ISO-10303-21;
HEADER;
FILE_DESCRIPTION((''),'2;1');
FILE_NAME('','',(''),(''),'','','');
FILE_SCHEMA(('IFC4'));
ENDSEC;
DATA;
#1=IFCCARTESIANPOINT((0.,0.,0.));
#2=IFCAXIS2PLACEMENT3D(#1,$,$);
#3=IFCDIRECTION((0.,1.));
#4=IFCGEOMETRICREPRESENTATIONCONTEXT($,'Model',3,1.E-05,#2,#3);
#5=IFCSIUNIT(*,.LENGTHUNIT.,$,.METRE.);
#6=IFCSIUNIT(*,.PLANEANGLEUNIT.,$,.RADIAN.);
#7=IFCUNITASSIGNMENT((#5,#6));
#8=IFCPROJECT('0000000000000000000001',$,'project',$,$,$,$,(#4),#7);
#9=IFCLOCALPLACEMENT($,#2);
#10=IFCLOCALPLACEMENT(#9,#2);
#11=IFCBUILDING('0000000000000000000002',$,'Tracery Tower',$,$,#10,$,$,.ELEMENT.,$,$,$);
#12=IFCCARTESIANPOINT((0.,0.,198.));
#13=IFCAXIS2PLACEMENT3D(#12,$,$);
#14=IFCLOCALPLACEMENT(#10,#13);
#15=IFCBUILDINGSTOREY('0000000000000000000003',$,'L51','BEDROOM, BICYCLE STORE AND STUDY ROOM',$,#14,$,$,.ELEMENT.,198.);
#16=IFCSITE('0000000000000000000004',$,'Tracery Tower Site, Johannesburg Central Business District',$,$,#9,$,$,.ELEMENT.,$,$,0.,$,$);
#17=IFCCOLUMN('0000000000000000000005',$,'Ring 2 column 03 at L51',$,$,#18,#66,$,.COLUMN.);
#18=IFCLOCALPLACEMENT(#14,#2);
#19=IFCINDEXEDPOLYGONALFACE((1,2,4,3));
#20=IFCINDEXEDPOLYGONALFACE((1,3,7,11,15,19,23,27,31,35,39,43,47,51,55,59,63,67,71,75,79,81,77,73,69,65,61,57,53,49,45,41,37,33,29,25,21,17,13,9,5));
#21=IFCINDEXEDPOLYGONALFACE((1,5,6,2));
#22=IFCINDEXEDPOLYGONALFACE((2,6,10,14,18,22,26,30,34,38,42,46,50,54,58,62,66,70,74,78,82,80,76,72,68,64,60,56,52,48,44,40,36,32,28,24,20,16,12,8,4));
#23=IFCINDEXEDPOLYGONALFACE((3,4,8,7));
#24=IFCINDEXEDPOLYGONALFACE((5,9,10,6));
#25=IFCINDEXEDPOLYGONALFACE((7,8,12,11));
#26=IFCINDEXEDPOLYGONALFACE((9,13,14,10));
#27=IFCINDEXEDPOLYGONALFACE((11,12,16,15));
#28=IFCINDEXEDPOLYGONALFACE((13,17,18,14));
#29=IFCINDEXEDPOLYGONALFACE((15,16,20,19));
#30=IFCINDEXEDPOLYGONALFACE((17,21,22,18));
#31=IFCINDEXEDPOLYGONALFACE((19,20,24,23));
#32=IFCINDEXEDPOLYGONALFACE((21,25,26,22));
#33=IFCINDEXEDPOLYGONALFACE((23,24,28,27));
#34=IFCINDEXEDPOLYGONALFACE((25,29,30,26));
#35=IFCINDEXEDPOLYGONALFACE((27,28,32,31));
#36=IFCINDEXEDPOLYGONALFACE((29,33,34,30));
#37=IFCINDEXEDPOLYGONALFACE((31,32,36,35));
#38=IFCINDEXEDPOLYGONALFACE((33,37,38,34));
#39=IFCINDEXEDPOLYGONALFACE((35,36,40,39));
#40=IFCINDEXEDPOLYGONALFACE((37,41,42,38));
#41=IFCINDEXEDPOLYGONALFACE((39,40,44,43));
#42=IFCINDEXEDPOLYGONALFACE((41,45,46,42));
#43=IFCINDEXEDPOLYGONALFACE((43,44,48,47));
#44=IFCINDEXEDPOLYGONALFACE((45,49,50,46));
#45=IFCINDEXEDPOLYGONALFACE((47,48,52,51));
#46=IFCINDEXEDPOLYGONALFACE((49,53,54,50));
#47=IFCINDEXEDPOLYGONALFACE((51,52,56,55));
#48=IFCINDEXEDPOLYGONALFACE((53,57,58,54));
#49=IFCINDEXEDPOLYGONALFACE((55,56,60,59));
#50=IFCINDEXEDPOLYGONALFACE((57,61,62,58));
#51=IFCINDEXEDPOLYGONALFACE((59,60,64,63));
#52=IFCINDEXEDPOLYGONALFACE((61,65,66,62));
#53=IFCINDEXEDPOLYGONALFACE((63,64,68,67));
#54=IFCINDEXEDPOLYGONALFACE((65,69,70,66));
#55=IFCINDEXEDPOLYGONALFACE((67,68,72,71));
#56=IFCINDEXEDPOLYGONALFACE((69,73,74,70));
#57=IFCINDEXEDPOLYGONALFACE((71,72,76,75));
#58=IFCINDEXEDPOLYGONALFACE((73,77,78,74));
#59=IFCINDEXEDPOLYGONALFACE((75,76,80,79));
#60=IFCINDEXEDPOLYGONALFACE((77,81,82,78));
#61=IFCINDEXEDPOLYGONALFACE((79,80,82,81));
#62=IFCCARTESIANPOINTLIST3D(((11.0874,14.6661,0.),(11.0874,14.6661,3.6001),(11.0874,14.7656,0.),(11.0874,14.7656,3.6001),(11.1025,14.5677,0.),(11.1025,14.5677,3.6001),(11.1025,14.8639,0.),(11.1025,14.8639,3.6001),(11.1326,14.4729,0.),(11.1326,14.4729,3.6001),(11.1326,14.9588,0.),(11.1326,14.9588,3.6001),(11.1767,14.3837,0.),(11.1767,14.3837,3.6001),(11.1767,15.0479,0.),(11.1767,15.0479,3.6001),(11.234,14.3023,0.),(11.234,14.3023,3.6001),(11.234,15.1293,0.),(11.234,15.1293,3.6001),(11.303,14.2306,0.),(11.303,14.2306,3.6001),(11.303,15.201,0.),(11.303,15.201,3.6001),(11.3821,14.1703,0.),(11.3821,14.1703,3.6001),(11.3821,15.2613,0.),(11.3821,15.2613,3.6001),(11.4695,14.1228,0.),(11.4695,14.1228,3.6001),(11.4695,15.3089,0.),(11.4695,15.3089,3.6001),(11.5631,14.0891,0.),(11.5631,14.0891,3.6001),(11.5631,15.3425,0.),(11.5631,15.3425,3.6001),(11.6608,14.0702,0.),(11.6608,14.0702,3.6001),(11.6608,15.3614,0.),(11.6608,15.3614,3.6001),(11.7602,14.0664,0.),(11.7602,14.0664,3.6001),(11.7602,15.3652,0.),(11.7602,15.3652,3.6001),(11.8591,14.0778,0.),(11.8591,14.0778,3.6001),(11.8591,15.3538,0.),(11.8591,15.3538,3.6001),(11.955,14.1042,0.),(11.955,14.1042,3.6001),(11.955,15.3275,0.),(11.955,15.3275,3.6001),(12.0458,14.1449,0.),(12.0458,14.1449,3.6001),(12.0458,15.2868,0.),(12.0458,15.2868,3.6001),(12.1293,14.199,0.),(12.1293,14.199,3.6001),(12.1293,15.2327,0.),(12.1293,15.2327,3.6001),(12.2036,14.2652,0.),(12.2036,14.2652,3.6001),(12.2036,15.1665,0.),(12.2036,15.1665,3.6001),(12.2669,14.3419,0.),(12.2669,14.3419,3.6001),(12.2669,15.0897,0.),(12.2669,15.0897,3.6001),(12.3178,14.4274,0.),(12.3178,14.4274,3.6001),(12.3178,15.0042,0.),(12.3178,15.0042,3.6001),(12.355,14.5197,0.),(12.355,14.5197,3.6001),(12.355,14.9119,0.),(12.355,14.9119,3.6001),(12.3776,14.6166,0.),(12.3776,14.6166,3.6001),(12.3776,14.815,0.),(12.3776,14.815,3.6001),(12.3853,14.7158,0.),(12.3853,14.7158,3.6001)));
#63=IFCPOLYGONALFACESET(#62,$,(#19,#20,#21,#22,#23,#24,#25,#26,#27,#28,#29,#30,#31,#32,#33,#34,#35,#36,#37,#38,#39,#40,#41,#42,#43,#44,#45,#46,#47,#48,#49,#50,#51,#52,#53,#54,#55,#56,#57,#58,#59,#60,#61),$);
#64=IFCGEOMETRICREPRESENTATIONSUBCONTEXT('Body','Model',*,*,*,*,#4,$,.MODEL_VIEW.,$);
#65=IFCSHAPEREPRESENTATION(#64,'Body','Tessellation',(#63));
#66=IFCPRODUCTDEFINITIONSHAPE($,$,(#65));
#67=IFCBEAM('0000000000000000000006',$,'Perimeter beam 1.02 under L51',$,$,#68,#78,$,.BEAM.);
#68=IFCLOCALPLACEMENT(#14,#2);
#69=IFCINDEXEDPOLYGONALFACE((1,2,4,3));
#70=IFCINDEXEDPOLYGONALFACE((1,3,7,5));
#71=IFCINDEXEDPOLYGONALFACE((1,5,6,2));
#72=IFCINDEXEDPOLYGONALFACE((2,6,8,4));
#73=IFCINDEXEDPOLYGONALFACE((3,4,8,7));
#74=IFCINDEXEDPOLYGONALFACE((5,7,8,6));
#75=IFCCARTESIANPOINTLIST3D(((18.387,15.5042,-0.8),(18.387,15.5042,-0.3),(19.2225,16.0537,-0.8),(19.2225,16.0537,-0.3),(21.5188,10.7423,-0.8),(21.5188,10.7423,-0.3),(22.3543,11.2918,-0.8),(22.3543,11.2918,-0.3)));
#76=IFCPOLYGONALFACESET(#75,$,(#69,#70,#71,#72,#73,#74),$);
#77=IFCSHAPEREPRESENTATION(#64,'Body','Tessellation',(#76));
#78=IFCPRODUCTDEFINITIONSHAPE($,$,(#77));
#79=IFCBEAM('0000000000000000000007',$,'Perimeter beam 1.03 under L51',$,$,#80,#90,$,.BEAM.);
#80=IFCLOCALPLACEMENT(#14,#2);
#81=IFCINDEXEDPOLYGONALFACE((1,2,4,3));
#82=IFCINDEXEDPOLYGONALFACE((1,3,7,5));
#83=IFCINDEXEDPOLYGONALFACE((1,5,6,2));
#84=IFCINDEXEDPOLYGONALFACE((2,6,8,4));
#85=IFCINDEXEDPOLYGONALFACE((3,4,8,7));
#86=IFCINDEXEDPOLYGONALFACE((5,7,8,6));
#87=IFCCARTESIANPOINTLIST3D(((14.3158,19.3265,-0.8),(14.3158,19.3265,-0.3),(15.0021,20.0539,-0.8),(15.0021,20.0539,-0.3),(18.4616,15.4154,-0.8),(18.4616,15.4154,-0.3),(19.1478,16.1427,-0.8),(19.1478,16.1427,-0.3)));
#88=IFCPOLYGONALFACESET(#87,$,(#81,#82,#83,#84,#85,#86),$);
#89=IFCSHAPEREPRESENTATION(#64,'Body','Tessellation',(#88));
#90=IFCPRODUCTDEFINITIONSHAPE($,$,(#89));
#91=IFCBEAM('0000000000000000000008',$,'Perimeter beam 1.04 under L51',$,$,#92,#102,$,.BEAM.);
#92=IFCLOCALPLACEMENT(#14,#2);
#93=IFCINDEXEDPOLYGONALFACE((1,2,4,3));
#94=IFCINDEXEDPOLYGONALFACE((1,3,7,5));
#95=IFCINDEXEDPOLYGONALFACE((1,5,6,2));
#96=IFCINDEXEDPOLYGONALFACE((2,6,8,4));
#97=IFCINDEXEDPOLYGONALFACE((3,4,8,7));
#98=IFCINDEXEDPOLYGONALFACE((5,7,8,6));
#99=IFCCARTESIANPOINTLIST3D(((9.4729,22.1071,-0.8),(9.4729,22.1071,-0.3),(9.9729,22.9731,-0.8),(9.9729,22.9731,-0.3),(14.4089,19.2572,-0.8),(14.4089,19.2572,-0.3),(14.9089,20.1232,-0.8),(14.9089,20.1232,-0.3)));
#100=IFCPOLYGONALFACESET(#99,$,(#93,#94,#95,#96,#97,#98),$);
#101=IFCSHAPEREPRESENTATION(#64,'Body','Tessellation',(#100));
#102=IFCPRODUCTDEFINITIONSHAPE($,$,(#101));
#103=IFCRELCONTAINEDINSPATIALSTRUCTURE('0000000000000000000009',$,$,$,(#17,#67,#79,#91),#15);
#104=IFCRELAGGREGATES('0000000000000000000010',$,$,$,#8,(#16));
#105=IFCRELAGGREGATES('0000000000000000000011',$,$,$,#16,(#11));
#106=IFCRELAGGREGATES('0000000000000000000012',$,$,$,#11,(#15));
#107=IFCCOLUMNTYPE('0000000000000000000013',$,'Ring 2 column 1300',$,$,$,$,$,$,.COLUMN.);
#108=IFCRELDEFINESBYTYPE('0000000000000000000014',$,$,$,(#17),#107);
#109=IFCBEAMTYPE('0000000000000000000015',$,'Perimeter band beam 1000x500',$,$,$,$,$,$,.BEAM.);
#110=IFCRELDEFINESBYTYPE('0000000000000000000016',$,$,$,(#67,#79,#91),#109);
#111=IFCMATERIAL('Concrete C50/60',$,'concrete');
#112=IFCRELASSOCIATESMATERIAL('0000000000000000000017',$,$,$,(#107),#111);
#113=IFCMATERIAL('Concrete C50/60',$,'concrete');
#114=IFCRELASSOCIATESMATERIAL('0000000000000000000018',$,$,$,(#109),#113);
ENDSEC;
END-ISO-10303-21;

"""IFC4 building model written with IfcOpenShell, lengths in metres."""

from ifc_helpers import new_model, si_unit, direction, frame, origin, origin_2d, place, context, subcontext, project, spatial, rectangle, circle, extrude, material, material_profile, profile_set, type_object, element, save


model = new_model("IFC4")

# Units and contexts
model_context = context("Model", 3, precision=1e-05, world=origin(), true_north=direction((0.0, 1.0)))
body_context = subcontext(model_context, "Body", "Model", "MODEL_VIEW")
ifc_project = project(units=[si_unit("LENGTHUNIT", "METRE"), si_unit("PLANEANGLEUNIT", "RADIAN")], contexts=[model_context])

# Site, building, storey
site_placement = place(None, origin())
site = spatial("IfcSite", under=ifc_project, at=site_placement, Name="Tracery Tower Site, Johannesburg Central Business District", CompositionType="ELEMENT", RefElevation=0.0)
building_placement = place(site_placement, origin())
building = spatial("IfcBuilding", under=site, at=building_placement, Name="Tracery Tower", CompositionType="ELEMENT")
storey_placement = place(building_placement, frame((0.0, 0.0, 198.0)))
storey = spatial("IfcBuildingStorey", under=building, at=storey_placement, Name="L51", Description="BEDROOM, BICYCLE STORE AND STUDY ROOM", CompositionType="ELEMENT", Elevation=198.0)

# Column
ifc_material_1 = material(Name="Concrete C50/60", Category="concrete")
ifc_material_profile_1 = material_profile(ifc_material_1, circle(Radius=0.6499, at=origin_2d()), Name="RC D1300")
ifc_profile_set_1 = profile_set([ifc_material_profile_1], Name="Concrete C50/60")
column_type_1 = type_object("IfcColumnType", Name="Ring 2 column 1300", PredefinedType="COLUMN", material=ifc_profile_set_1)
for number, where, z_axis, x_axis, name in (
    (1, (11.7354, 14.7158, 0.0), (0.0, 0.0, 1.0), (1.0, 0.0, 0.0), "Ring 2 column 03 at L51"),
):
    element("IfcColumn", number, at=place(storey_placement, frame(where, z_axis=z_axis, x_axis=x_axis)), inside=storey, type_object=column_type_1, Name=name, PredefinedType="COLUMN", context=body_context, shape_type="SweptSolid", body=[
        extrude(circle(Radius=0.6499, at=origin_2d()), origin(), (0.0, 0.0, 1.0), 3.6001),
    ])

# Beams
ifc_material_2 = material(Name="Concrete C50/60", Category="concrete")
ifc_material_profile_2 = material_profile(ifc_material_2, rectangle(XDim=1.0, YDim=0.5, at=origin_2d()), Name="RC 1000x500")
ifc_profile_set_2 = profile_set([ifc_material_profile_2], Name="Concrete C50/60")
beam_type = type_object("IfcBeamType", Name="Perimeter band beam 1000x500", PredefinedType="BEAM", material=ifc_profile_set_2)
for number, where, z_axis, x_axis, name in (
    (2, (21.9365, 11.0171, -0.55), (-0.54949, 0.8355, 0.0), (-0.8355, -0.54949, 0.0), "Perimeter beam 1.02 under L51"),
    (3, (18.8047, 15.7791, -0.55), (-0.72739, 0.686225, 0.0), (-0.686225, -0.72739, 0.0), "Perimeter beam 1.03 under L51"),
):
    element("IfcBeam", number, at=place(storey_placement, frame(where, z_axis=z_axis, x_axis=x_axis)), inside=storey, type_object=beam_type, Name=name, PredefinedType="BEAM", context=body_context, shape_type="SweptSolid", body=[
        extrude(rectangle(XDim=1.0, YDim=0.5, at=origin_2d()), origin(), (0.0, 0.0, 1.0), 5.6995),
    ])
beam_placement = place(storey_placement, frame((14.6589, 19.6902, -0.55), z_axis=(-0.866023, 0.500004, 0.0), x_axis=(-0.500004, -0.866023, 0.0)))
element("IfcBeam", 4, at=beam_placement, inside=storey, type_object=beam_type, Name="Perimeter beam 1.04 under L51", PredefinedType="BEAM", context=body_context, shape_type="SweptSolid", body=[
    extrude(rectangle(XDim=1.0, YDim=0.5, at=origin_2d()), origin(), (0.0, 0.0, 1.0), 5.6997),
])

save(model, "model.ifc")
